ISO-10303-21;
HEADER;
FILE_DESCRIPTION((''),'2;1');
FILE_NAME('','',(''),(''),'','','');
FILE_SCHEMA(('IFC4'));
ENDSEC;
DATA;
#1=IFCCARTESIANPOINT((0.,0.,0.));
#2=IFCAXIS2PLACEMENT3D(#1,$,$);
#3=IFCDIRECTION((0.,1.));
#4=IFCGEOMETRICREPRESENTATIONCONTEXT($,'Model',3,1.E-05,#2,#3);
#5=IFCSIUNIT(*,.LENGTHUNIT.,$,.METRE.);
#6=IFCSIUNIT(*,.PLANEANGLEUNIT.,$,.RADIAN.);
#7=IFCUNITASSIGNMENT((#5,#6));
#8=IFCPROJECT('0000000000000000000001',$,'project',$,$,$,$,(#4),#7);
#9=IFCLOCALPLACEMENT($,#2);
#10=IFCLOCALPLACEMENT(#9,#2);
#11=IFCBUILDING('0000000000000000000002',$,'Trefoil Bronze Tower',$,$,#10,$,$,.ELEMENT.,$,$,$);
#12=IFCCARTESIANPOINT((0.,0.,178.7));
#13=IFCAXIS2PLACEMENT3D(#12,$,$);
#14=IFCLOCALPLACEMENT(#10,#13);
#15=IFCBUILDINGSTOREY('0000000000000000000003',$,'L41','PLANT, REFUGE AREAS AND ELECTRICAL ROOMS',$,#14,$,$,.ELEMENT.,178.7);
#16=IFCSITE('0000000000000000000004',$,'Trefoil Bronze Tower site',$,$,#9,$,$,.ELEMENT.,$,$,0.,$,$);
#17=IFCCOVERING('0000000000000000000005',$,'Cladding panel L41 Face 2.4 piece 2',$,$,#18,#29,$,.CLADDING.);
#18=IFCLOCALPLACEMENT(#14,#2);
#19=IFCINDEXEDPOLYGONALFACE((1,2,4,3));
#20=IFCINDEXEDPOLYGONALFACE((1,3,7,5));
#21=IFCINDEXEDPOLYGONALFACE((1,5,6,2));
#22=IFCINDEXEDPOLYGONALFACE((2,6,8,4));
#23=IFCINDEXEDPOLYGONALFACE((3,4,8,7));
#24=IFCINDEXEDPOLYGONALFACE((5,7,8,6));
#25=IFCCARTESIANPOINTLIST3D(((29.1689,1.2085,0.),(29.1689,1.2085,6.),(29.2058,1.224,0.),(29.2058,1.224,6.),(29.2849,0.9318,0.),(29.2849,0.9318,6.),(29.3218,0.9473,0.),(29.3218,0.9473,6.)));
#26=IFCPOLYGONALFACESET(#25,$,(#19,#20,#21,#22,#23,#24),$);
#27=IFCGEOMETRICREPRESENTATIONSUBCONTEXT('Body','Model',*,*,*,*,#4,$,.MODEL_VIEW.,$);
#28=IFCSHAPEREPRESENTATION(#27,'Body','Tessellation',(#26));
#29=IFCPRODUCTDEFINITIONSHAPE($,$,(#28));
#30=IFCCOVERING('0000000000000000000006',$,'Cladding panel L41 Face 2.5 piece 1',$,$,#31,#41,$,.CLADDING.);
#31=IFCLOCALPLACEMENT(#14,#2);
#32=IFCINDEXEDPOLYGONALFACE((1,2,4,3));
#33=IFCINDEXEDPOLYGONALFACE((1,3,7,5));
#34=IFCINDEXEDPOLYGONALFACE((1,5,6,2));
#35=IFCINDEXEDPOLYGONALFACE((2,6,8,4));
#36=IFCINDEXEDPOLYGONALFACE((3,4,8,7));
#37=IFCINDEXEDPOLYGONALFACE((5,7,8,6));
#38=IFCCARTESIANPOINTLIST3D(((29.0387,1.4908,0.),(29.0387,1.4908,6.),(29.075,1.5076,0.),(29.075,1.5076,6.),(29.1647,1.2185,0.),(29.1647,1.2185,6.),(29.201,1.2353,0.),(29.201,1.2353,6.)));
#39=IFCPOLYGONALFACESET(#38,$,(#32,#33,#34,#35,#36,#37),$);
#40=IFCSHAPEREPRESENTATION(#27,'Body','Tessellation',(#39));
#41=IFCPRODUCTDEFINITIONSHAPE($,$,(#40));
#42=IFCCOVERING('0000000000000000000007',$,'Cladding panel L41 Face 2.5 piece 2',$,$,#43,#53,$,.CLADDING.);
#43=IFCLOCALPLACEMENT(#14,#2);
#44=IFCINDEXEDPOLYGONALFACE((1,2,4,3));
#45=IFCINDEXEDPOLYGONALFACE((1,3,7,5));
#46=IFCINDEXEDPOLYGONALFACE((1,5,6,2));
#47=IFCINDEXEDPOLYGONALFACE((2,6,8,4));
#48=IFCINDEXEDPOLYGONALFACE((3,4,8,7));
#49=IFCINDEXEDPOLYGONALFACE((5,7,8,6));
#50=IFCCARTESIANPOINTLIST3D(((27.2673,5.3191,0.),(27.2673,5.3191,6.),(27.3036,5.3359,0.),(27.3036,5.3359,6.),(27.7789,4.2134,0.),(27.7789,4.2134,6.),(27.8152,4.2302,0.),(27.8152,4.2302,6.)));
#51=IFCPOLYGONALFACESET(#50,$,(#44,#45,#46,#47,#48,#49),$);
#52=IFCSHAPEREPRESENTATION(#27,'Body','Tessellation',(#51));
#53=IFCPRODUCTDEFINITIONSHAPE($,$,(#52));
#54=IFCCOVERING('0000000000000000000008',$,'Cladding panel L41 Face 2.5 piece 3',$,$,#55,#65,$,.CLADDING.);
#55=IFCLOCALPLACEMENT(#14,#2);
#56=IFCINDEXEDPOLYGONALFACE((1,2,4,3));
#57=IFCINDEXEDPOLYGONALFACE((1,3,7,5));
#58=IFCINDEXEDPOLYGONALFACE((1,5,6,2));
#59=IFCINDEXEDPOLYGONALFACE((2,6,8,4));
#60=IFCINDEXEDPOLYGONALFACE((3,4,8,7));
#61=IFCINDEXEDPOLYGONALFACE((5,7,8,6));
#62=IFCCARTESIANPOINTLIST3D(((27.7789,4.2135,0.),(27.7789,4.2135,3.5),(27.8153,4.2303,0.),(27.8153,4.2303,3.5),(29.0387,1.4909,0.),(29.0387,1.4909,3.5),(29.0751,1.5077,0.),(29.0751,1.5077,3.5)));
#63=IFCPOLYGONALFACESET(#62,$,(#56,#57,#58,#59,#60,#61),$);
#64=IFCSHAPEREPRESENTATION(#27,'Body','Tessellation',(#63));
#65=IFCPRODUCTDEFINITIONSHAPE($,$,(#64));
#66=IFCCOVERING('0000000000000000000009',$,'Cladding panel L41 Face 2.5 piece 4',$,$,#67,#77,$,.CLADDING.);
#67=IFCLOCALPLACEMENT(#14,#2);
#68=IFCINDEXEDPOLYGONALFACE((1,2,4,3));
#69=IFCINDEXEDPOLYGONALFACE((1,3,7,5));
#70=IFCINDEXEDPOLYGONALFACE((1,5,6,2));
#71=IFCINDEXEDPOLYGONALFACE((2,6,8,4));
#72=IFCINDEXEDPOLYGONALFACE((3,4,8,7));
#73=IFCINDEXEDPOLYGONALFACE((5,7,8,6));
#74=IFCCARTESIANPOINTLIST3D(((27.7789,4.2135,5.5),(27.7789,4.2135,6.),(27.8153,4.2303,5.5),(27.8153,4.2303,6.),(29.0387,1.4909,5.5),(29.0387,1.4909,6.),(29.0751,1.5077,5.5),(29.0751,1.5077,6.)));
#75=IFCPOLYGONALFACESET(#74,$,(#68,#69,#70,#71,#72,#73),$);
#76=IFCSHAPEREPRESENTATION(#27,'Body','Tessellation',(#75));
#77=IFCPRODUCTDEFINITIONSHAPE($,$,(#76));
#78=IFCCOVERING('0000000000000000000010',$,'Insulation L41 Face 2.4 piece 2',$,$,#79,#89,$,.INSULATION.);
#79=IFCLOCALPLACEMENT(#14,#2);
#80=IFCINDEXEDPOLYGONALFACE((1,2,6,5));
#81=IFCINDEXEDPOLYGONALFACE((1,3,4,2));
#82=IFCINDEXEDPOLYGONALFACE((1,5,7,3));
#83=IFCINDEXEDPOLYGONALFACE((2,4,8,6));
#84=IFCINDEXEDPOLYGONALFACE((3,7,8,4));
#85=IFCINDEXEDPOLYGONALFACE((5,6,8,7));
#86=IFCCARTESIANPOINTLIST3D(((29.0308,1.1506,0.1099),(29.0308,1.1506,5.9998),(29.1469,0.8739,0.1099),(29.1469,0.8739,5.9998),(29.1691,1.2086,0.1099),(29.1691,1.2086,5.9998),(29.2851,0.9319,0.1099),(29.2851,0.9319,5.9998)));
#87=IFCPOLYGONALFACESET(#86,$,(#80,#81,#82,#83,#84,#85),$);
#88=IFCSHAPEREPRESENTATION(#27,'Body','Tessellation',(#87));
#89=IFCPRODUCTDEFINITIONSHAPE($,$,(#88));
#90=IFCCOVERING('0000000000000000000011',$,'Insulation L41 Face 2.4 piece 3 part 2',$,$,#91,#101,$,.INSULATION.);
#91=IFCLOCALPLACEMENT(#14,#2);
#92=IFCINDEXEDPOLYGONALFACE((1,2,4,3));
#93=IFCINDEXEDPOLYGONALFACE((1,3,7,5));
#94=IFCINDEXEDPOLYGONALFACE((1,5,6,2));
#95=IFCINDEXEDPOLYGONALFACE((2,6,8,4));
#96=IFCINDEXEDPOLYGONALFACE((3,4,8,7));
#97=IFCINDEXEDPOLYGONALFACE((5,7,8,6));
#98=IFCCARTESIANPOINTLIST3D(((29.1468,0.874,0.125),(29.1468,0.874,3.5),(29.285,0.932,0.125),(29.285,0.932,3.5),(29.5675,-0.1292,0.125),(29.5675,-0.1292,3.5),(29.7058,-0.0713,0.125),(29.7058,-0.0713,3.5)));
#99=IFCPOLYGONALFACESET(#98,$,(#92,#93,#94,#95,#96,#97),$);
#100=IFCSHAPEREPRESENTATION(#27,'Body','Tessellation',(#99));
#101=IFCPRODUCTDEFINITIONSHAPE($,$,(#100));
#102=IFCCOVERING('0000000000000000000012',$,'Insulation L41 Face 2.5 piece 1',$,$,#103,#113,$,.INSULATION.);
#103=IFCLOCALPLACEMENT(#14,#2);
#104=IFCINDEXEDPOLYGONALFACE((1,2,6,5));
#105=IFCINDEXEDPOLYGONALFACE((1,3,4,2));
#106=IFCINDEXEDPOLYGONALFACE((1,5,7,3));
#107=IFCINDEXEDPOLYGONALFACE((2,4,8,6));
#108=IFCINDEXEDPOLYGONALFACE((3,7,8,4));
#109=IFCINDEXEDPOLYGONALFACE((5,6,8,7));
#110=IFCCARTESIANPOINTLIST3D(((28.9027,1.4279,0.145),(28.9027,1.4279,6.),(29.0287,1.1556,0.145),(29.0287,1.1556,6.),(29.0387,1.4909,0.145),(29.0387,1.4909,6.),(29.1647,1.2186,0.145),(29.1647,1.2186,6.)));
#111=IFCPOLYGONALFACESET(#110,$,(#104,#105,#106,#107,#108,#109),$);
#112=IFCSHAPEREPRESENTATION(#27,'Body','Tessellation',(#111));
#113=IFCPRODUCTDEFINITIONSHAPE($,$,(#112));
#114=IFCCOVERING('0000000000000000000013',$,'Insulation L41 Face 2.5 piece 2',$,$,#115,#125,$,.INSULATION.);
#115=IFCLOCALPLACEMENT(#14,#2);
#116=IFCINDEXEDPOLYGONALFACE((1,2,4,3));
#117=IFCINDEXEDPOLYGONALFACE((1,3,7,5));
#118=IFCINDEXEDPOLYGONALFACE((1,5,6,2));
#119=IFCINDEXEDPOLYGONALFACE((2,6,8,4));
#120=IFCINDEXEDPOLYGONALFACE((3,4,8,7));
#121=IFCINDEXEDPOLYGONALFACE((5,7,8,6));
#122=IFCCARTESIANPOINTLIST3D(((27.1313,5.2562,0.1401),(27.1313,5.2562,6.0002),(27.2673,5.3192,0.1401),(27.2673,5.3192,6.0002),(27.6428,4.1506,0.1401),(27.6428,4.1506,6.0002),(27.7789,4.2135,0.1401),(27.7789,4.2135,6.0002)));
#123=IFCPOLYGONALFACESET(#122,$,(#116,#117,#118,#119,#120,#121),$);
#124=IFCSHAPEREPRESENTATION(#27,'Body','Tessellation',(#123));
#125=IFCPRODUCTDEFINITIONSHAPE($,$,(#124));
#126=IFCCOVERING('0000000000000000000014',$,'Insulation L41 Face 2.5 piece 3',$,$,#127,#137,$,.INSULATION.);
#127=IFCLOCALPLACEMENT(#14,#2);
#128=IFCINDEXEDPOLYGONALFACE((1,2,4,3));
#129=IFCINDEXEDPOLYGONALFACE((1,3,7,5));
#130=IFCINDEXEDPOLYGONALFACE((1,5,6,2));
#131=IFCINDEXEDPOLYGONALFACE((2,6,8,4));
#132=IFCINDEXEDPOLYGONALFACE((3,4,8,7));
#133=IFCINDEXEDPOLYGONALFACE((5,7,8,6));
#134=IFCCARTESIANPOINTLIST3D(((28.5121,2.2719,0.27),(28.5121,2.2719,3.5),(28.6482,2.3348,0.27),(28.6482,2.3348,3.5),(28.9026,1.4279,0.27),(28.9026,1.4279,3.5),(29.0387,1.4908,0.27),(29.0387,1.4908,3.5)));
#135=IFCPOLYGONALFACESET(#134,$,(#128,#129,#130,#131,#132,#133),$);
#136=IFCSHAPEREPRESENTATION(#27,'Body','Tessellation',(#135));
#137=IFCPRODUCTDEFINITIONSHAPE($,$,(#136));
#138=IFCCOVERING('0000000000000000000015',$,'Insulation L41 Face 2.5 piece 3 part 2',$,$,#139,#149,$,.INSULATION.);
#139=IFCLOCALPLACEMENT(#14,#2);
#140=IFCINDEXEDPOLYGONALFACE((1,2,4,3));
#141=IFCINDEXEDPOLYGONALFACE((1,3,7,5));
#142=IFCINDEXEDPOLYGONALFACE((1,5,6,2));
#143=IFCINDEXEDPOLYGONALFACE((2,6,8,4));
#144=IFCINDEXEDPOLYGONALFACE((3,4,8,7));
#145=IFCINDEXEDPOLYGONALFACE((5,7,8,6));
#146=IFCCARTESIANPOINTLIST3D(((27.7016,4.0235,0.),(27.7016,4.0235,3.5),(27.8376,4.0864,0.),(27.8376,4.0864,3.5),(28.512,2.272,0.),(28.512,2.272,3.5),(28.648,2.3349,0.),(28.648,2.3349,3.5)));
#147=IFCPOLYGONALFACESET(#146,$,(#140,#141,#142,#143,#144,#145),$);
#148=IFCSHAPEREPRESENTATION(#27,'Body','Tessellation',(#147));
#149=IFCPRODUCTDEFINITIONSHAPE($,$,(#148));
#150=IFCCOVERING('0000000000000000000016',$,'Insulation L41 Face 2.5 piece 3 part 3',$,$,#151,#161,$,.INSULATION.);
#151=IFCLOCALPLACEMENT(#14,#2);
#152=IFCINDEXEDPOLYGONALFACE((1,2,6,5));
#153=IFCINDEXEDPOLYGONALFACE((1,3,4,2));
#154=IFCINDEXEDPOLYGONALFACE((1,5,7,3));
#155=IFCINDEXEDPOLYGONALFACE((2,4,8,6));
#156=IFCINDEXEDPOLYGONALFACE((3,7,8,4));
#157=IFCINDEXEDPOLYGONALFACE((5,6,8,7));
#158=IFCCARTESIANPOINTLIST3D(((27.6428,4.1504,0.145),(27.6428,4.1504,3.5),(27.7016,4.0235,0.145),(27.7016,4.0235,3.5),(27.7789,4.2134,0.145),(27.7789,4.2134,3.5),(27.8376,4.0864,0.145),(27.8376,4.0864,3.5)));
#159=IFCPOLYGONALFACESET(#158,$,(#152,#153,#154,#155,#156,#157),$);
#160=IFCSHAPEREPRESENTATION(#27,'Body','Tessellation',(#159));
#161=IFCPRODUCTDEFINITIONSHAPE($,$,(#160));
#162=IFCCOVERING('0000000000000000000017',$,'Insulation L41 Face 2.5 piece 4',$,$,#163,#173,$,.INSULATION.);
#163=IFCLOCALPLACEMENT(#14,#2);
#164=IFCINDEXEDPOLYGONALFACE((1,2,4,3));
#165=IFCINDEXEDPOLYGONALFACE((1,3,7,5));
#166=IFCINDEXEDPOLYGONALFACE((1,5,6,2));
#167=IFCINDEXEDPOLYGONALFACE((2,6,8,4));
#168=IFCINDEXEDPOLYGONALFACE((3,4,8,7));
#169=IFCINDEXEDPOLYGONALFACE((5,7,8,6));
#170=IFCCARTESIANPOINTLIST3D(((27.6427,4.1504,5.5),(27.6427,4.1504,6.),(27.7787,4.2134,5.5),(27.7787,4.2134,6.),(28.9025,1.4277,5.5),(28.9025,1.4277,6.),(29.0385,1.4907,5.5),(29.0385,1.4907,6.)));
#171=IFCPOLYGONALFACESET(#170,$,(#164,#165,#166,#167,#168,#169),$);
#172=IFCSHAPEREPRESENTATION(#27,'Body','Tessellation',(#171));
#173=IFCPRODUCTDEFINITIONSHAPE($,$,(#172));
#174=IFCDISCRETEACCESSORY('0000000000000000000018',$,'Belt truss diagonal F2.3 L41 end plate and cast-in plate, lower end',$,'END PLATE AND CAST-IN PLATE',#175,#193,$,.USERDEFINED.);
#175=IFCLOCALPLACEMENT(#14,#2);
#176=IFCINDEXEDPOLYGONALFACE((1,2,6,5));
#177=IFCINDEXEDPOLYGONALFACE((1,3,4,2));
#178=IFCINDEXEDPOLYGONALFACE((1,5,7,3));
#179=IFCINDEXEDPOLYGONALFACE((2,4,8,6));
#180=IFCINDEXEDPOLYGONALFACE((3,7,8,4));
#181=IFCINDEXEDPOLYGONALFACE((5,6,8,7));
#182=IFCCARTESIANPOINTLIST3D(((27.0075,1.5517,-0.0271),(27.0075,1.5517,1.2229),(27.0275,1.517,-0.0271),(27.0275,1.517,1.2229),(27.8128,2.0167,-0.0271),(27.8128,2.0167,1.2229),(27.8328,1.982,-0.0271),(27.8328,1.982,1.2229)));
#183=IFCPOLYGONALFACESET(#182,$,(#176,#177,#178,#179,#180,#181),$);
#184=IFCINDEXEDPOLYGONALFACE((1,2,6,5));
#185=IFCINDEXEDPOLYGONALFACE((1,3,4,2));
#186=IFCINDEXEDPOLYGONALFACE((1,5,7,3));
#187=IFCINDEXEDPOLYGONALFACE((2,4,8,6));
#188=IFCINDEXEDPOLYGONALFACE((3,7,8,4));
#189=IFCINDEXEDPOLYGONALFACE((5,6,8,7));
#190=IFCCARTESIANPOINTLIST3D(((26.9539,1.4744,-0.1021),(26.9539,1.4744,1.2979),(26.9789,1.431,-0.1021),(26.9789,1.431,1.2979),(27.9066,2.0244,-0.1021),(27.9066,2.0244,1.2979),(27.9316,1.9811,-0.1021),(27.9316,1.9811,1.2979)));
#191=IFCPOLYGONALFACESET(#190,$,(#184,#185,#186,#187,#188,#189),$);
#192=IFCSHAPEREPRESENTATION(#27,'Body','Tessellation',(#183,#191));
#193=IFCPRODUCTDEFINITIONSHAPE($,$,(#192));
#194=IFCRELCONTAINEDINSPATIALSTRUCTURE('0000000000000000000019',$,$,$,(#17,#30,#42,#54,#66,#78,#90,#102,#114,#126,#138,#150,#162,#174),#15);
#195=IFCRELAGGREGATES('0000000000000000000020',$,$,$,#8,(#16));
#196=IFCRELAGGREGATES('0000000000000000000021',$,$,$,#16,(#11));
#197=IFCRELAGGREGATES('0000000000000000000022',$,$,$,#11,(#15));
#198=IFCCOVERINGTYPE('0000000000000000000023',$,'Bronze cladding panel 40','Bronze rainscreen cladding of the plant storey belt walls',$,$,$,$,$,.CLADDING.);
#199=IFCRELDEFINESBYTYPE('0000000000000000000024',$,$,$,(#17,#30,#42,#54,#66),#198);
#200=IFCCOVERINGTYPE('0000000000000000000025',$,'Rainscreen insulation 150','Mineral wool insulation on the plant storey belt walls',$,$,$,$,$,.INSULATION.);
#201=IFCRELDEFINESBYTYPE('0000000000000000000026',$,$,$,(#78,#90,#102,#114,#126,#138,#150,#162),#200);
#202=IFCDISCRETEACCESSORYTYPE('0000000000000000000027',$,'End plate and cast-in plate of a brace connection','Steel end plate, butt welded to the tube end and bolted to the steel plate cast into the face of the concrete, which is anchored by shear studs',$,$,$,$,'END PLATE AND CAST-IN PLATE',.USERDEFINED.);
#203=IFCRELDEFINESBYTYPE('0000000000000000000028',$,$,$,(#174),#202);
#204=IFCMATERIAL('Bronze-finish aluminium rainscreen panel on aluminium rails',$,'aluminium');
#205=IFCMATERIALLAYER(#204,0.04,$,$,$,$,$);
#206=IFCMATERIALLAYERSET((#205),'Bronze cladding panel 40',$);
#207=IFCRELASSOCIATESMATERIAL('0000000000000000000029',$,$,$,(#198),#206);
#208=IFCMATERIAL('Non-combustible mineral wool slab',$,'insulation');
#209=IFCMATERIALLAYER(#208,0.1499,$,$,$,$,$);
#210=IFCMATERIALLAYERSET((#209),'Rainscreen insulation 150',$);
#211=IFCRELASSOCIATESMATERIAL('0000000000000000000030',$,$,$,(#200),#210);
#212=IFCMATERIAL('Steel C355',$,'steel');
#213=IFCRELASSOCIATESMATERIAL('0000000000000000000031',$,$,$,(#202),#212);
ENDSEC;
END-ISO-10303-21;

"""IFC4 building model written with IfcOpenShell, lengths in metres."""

from ifc_helpers import new_model, si_unit, direction, frame, origin, origin_2d, place, context, subcontext, project, spatial, rectangle, extrude, material, layer, layer_set, type_object, element, save


model = new_model("IFC4")

# Units and contexts
model_context = context("Model", 3, precision=1e-05, world=origin(), true_north=direction((0.0, 1.0)))
body_context = subcontext(model_context, "Body", "Model", "MODEL_VIEW")
ifc_project = project(units=[si_unit("LENGTHUNIT", "METRE"), si_unit("PLANEANGLEUNIT", "RADIAN")], contexts=[model_context])

# Site, building, storey
site_placement = place(None, origin())
site = spatial("IfcSite", under=ifc_project, at=site_placement, Name="Trefoil Bronze Tower site", CompositionType="ELEMENT", RefElevation=0.0)
building_placement = place(site_placement, origin())
building = spatial("IfcBuilding", under=site, at=building_placement, Name="Trefoil Bronze Tower", CompositionType="ELEMENT")
storey_placement = place(building_placement, frame((0.0, 0.0, 178.7)))
storey = spatial("IfcBuildingStorey", under=building, at=storey_placement, Name="L41", Description="PLANT, REFUGE AREAS AND ELECTRICAL ROOMS", CompositionType="ELEMENT", Elevation=178.7)

# Coverings
ifc_material_1 = material(Name="Bronze-finish aluminium rainscreen panel on aluminium rails", Category="aluminium")
ifc_layer_1 = layer(ifc_material_1, 0.04)
ifc_layer_set_1 = layer_set([ifc_layer_1], Name="Bronze cladding panel 40")
covering_type_1 = type_object("IfcCoveringType", Name="Bronze cladding panel 40", Description="Bronze rainscreen cladding of the plant storey belt walls", PredefinedType="CLADDING", material=ifc_layer_set_1)
for number, where, z_axis, x_axis, name in (
    (1, (29.2454, 1.0779, 0.0), (0.0, 0.0, 1.0), (-0.386759, 0.922181, 0.0), "Cladding panel L41 Face 2.4 piece 2"),
    (2, (29.1199, 1.363, 0.0), (0.0, 0.0, 1.0), (-0.419933, 0.907555, 0.0), "Cladding panel L41 Face 2.5 piece 1"),
):
    element("IfcCovering", number, at=place(storey_placement, frame(where, z_axis=z_axis, x_axis=x_axis)), inside=storey, type_object=covering_type_1, Name=name, PredefinedType="CLADDING", context=body_context, shape_type="SweptSolid", body=[
        extrude(rectangle(XDim=0.3, YDim=0.04, at=origin_2d()), origin(), (0.0, 0.0, 1.0), 6.0),
    ])
covering_1_placement = place(storey_placement, frame((27.5413, 4.7747, 0.0), z_axis=(0.0, 0.0, 1.0), x_axis=(-0.419933, 0.907555, 0.0)))
element("IfcCovering", 3, at=covering_1_placement, inside=storey, type_object=covering_type_1, Name="Cladding panel L41 Face 2.5 piece 2", PredefinedType="CLADDING", context=body_context, shape_type="SweptSolid", body=[
    extrude(rectangle(XDim=1.2183, YDim=0.04, at=origin_2d()), origin(), (0.0, 0.0, 1.0), 6.0),
])
covering_2_placement = place(storey_placement, frame((28.427, 2.8606, 0.0), z_axis=(0.0, 0.0, 1.0), x_axis=(-0.419933, 0.907555, 0.0)))
element("IfcCovering", 4, at=covering_2_placement, inside=storey, type_object=covering_type_1, Name="Cladding panel L41 Face 2.5 piece 3", PredefinedType="CLADDING", context=body_context, shape_type="SweptSolid", body=[
    extrude(rectangle(XDim=3.0, YDim=0.04, at=origin_2d()), origin(), (0.0, 0.0, 1.0), 3.5),
])
covering_3_placement = place(storey_placement, frame((28.427, 2.8606, 5.5), z_axis=(0.0, 0.0, 1.0), x_axis=(-0.419933, 0.907555, 0.0)))
element("IfcCovering", 5, at=covering_3_placement, inside=storey, type_object=covering_type_1, Name="Cladding panel L41 Face 2.5 piece 4", PredefinedType="CLADDING", context=body_context, shape_type="SweptSolid", body=[
    extrude(rectangle(XDim=3.0, YDim=0.04, at=origin_2d()), origin(), (0.0, 0.0, 1.0), 0.5),
])
ifc_material_2 = material(Name="Non-combustible mineral wool slab", Category="insulation")
ifc_layer_2 = layer(ifc_material_2, 0.1499)
ifc_layer_set_2 = layer_set([ifc_layer_2], Name="Rainscreen insulation 150")
covering_type_2 = type_object("IfcCoveringType", Name="Rainscreen insulation 150", Description="Mineral wool insulation on the plant storey belt walls", PredefinedType="INSULATION", material=ifc_layer_set_2)
covering_4_placement = place(storey_placement, frame((29.158, 1.0413, 0.1099), z_axis=(0.0, 0.0, 1.0), x_axis=(-0.386759, 0.922181, 0.0)))
element("IfcCovering", 6, at=covering_4_placement, inside=storey, type_object=covering_type_2, Name="Insulation L41 Face 2.4 piece 2", PredefinedType="INSULATION", context=body_context, shape_type="SweptSolid", body=[
    extrude(rectangle(XDim=0.3, YDim=0.1499, at=origin_2d()), origin(), (0.0, 0.0, 1.0), 5.8899),
])
covering_5_placement = place(storey_placement, frame((29.4263, 0.4014, 0.125), z_axis=(0.0, 0.0, 1.0), x_axis=(-0.386759, 0.922181, 0.0)))
element("IfcCovering", 7, at=covering_5_placement, inside=storey, type_object=covering_type_2, Name="Insulation L41 Face 2.4 piece 3 part 2", PredefinedType="INSULATION", context=body_context, shape_type="SweptSolid", body=[
    extrude(rectangle(XDim=1.0879, YDim=0.1499, at=origin_2d()), origin(), (0.0, 0.0, 1.0), 3.375),
])
covering_6_placement = place(storey_placement, frame((29.0337, 1.3232, 0.145), z_axis=(0.0, 0.0, 1.0), x_axis=(-0.419933, 0.907555, 0.0)))
element("IfcCovering", 8, at=covering_6_placement, inside=storey, type_object=covering_type_2, Name="Insulation L41 Face 2.5 piece 1", PredefinedType="INSULATION", context=body_context, shape_type="SweptSolid", body=[
    extrude(rectangle(XDim=0.3, YDim=0.1499, at=origin_2d()), origin(), (0.0, 0.0, 1.0), 5.855),
])
covering_7_placement = place(storey_placement, frame((27.4551, 4.7349, 0.1401), z_axis=(0.0, 0.0, 1.0), x_axis=(-0.419933, 0.907555, 0.0)))
element("IfcCovering", 9, at=covering_7_placement, inside=storey, type_object=covering_type_2, Name="Insulation L41 Face 2.5 piece 2", PredefinedType="INSULATION", context=body_context, shape_type="SweptSolid", body=[
    extrude(rectangle(XDim=1.2183, YDim=0.1499, at=origin_2d()), origin(), (0.0, 0.0, 1.0), 5.8601),
])
covering_8_placement = place(storey_placement, frame((28.7754, 1.8813, 0.27), z_axis=(0.0, 0.0, 1.0), x_axis=(-0.419933, 0.907555, 0.0)))
element("IfcCovering", 10, at=covering_8_placement, inside=storey, type_object=covering_type_2, Name="Insulation L41 Face 2.5 piece 3", PredefinedType="INSULATION", context=body_context, shape_type="SweptSolid", body=[
    extrude(rectangle(XDim=0.9299, YDim=0.1499, at=origin_2d()), origin(), (0.0, 0.0, 1.0), 3.23),
])
covering_9_placement = place(storey_placement, frame((28.1748, 3.1792, 0.0), z_axis=(0.0, 0.0, 1.0), x_axis=(-0.419933, 0.907555, 0.0)))
element("IfcCovering", 11, at=covering_9_placement, inside=storey, type_object=covering_type_2, Name="Insulation L41 Face 2.5 piece 3 part 2", PredefinedType="INSULATION", context=body_context, shape_type="SweptSolid", body=[
    extrude(rectangle(XDim=1.9299, YDim=0.1499, at=origin_2d()), origin(), (0.0, 0.0, 1.0), 3.5),
])
covering_10_placement = place(storey_placement, frame((27.7402, 4.1184, 0.145), z_axis=(0.0, 0.0, 1.0), x_axis=(-0.419933, 0.907555, 0.0)))
element("IfcCovering", 12, at=covering_10_placement, inside=storey, type_object=covering_type_2, Name="Insulation L41 Face 2.5 piece 3 part 3", PredefinedType="INSULATION", context=body_context, shape_type="SweptSolid", body=[
    extrude(rectangle(XDim=0.1399, YDim=0.1499, at=origin_2d()), origin(), (0.0, 0.0, 1.0), 3.355),
])
covering_11_placement = place(storey_placement, frame((28.3406, 2.8206, 5.5), z_axis=(0.0, 0.0, 1.0), x_axis=(-0.419933, 0.907555, 0.0)))
element("IfcCovering", 13, at=covering_11_placement, inside=storey, type_object=covering_type_2, Name="Insulation L41 Face 2.5 piece 4", PredefinedType="INSULATION", context=body_context, shape_type="SweptSolid", body=[
    extrude(rectangle(XDim=3.0, YDim=0.1499, at=origin_2d()), origin(), (0.0, 0.0, 1.0), 0.5),
])

# Discrete accessory
ifc_material_3 = material(Name="Steel C355", Category="steel")
discrete_accessory_type = type_object("IfcDiscreteAccessoryType", Name="End plate and cast-in plate of a brace connection", Description="Steel end plate, butt welded to the tube end and bolted to the steel plate cast into the face of the concrete, which is anchored by shear studs", ElementType="END PLATE AND CAST-IN PLATE", PredefinedType="USERDEFINED", material=ifc_material_3)
for number, where, z_axis, x_axis, name in (
    (14, (27.4302, 1.7495, 0.5979), (0.0, 0.0, 1.0), (-0.5, 0.866025, 0.0), "Belt truss diagonal F2.3 L41 end plate and cast-in plate, lower end"),
):
    element("IfcDiscreteAccessory", number, at=place(storey_placement, frame(where, z_axis=z_axis, x_axis=x_axis)), inside=storey, type_object=discrete_accessory_type, Name=name, ObjectType="END PLATE AND CAST-IN PLATE", PredefinedType="USERDEFINED", context=body_context, shape_type="SweptSolid", body=[
        extrude(rectangle(XDim=0.04, YDim=0.9299, at=origin_2d()), frame((0.02, 0.0, -0.625)), (0.0, 0.0, 1.0), 1.25),
        extrude(rectangle(XDim=0.05, YDim=1.1001, at=origin_2d()), frame((-0.0251, 0.0, -0.7)), (0.0, 0.0, 1.0), 1.3999),
    ])

save(model, "model.ifc")
